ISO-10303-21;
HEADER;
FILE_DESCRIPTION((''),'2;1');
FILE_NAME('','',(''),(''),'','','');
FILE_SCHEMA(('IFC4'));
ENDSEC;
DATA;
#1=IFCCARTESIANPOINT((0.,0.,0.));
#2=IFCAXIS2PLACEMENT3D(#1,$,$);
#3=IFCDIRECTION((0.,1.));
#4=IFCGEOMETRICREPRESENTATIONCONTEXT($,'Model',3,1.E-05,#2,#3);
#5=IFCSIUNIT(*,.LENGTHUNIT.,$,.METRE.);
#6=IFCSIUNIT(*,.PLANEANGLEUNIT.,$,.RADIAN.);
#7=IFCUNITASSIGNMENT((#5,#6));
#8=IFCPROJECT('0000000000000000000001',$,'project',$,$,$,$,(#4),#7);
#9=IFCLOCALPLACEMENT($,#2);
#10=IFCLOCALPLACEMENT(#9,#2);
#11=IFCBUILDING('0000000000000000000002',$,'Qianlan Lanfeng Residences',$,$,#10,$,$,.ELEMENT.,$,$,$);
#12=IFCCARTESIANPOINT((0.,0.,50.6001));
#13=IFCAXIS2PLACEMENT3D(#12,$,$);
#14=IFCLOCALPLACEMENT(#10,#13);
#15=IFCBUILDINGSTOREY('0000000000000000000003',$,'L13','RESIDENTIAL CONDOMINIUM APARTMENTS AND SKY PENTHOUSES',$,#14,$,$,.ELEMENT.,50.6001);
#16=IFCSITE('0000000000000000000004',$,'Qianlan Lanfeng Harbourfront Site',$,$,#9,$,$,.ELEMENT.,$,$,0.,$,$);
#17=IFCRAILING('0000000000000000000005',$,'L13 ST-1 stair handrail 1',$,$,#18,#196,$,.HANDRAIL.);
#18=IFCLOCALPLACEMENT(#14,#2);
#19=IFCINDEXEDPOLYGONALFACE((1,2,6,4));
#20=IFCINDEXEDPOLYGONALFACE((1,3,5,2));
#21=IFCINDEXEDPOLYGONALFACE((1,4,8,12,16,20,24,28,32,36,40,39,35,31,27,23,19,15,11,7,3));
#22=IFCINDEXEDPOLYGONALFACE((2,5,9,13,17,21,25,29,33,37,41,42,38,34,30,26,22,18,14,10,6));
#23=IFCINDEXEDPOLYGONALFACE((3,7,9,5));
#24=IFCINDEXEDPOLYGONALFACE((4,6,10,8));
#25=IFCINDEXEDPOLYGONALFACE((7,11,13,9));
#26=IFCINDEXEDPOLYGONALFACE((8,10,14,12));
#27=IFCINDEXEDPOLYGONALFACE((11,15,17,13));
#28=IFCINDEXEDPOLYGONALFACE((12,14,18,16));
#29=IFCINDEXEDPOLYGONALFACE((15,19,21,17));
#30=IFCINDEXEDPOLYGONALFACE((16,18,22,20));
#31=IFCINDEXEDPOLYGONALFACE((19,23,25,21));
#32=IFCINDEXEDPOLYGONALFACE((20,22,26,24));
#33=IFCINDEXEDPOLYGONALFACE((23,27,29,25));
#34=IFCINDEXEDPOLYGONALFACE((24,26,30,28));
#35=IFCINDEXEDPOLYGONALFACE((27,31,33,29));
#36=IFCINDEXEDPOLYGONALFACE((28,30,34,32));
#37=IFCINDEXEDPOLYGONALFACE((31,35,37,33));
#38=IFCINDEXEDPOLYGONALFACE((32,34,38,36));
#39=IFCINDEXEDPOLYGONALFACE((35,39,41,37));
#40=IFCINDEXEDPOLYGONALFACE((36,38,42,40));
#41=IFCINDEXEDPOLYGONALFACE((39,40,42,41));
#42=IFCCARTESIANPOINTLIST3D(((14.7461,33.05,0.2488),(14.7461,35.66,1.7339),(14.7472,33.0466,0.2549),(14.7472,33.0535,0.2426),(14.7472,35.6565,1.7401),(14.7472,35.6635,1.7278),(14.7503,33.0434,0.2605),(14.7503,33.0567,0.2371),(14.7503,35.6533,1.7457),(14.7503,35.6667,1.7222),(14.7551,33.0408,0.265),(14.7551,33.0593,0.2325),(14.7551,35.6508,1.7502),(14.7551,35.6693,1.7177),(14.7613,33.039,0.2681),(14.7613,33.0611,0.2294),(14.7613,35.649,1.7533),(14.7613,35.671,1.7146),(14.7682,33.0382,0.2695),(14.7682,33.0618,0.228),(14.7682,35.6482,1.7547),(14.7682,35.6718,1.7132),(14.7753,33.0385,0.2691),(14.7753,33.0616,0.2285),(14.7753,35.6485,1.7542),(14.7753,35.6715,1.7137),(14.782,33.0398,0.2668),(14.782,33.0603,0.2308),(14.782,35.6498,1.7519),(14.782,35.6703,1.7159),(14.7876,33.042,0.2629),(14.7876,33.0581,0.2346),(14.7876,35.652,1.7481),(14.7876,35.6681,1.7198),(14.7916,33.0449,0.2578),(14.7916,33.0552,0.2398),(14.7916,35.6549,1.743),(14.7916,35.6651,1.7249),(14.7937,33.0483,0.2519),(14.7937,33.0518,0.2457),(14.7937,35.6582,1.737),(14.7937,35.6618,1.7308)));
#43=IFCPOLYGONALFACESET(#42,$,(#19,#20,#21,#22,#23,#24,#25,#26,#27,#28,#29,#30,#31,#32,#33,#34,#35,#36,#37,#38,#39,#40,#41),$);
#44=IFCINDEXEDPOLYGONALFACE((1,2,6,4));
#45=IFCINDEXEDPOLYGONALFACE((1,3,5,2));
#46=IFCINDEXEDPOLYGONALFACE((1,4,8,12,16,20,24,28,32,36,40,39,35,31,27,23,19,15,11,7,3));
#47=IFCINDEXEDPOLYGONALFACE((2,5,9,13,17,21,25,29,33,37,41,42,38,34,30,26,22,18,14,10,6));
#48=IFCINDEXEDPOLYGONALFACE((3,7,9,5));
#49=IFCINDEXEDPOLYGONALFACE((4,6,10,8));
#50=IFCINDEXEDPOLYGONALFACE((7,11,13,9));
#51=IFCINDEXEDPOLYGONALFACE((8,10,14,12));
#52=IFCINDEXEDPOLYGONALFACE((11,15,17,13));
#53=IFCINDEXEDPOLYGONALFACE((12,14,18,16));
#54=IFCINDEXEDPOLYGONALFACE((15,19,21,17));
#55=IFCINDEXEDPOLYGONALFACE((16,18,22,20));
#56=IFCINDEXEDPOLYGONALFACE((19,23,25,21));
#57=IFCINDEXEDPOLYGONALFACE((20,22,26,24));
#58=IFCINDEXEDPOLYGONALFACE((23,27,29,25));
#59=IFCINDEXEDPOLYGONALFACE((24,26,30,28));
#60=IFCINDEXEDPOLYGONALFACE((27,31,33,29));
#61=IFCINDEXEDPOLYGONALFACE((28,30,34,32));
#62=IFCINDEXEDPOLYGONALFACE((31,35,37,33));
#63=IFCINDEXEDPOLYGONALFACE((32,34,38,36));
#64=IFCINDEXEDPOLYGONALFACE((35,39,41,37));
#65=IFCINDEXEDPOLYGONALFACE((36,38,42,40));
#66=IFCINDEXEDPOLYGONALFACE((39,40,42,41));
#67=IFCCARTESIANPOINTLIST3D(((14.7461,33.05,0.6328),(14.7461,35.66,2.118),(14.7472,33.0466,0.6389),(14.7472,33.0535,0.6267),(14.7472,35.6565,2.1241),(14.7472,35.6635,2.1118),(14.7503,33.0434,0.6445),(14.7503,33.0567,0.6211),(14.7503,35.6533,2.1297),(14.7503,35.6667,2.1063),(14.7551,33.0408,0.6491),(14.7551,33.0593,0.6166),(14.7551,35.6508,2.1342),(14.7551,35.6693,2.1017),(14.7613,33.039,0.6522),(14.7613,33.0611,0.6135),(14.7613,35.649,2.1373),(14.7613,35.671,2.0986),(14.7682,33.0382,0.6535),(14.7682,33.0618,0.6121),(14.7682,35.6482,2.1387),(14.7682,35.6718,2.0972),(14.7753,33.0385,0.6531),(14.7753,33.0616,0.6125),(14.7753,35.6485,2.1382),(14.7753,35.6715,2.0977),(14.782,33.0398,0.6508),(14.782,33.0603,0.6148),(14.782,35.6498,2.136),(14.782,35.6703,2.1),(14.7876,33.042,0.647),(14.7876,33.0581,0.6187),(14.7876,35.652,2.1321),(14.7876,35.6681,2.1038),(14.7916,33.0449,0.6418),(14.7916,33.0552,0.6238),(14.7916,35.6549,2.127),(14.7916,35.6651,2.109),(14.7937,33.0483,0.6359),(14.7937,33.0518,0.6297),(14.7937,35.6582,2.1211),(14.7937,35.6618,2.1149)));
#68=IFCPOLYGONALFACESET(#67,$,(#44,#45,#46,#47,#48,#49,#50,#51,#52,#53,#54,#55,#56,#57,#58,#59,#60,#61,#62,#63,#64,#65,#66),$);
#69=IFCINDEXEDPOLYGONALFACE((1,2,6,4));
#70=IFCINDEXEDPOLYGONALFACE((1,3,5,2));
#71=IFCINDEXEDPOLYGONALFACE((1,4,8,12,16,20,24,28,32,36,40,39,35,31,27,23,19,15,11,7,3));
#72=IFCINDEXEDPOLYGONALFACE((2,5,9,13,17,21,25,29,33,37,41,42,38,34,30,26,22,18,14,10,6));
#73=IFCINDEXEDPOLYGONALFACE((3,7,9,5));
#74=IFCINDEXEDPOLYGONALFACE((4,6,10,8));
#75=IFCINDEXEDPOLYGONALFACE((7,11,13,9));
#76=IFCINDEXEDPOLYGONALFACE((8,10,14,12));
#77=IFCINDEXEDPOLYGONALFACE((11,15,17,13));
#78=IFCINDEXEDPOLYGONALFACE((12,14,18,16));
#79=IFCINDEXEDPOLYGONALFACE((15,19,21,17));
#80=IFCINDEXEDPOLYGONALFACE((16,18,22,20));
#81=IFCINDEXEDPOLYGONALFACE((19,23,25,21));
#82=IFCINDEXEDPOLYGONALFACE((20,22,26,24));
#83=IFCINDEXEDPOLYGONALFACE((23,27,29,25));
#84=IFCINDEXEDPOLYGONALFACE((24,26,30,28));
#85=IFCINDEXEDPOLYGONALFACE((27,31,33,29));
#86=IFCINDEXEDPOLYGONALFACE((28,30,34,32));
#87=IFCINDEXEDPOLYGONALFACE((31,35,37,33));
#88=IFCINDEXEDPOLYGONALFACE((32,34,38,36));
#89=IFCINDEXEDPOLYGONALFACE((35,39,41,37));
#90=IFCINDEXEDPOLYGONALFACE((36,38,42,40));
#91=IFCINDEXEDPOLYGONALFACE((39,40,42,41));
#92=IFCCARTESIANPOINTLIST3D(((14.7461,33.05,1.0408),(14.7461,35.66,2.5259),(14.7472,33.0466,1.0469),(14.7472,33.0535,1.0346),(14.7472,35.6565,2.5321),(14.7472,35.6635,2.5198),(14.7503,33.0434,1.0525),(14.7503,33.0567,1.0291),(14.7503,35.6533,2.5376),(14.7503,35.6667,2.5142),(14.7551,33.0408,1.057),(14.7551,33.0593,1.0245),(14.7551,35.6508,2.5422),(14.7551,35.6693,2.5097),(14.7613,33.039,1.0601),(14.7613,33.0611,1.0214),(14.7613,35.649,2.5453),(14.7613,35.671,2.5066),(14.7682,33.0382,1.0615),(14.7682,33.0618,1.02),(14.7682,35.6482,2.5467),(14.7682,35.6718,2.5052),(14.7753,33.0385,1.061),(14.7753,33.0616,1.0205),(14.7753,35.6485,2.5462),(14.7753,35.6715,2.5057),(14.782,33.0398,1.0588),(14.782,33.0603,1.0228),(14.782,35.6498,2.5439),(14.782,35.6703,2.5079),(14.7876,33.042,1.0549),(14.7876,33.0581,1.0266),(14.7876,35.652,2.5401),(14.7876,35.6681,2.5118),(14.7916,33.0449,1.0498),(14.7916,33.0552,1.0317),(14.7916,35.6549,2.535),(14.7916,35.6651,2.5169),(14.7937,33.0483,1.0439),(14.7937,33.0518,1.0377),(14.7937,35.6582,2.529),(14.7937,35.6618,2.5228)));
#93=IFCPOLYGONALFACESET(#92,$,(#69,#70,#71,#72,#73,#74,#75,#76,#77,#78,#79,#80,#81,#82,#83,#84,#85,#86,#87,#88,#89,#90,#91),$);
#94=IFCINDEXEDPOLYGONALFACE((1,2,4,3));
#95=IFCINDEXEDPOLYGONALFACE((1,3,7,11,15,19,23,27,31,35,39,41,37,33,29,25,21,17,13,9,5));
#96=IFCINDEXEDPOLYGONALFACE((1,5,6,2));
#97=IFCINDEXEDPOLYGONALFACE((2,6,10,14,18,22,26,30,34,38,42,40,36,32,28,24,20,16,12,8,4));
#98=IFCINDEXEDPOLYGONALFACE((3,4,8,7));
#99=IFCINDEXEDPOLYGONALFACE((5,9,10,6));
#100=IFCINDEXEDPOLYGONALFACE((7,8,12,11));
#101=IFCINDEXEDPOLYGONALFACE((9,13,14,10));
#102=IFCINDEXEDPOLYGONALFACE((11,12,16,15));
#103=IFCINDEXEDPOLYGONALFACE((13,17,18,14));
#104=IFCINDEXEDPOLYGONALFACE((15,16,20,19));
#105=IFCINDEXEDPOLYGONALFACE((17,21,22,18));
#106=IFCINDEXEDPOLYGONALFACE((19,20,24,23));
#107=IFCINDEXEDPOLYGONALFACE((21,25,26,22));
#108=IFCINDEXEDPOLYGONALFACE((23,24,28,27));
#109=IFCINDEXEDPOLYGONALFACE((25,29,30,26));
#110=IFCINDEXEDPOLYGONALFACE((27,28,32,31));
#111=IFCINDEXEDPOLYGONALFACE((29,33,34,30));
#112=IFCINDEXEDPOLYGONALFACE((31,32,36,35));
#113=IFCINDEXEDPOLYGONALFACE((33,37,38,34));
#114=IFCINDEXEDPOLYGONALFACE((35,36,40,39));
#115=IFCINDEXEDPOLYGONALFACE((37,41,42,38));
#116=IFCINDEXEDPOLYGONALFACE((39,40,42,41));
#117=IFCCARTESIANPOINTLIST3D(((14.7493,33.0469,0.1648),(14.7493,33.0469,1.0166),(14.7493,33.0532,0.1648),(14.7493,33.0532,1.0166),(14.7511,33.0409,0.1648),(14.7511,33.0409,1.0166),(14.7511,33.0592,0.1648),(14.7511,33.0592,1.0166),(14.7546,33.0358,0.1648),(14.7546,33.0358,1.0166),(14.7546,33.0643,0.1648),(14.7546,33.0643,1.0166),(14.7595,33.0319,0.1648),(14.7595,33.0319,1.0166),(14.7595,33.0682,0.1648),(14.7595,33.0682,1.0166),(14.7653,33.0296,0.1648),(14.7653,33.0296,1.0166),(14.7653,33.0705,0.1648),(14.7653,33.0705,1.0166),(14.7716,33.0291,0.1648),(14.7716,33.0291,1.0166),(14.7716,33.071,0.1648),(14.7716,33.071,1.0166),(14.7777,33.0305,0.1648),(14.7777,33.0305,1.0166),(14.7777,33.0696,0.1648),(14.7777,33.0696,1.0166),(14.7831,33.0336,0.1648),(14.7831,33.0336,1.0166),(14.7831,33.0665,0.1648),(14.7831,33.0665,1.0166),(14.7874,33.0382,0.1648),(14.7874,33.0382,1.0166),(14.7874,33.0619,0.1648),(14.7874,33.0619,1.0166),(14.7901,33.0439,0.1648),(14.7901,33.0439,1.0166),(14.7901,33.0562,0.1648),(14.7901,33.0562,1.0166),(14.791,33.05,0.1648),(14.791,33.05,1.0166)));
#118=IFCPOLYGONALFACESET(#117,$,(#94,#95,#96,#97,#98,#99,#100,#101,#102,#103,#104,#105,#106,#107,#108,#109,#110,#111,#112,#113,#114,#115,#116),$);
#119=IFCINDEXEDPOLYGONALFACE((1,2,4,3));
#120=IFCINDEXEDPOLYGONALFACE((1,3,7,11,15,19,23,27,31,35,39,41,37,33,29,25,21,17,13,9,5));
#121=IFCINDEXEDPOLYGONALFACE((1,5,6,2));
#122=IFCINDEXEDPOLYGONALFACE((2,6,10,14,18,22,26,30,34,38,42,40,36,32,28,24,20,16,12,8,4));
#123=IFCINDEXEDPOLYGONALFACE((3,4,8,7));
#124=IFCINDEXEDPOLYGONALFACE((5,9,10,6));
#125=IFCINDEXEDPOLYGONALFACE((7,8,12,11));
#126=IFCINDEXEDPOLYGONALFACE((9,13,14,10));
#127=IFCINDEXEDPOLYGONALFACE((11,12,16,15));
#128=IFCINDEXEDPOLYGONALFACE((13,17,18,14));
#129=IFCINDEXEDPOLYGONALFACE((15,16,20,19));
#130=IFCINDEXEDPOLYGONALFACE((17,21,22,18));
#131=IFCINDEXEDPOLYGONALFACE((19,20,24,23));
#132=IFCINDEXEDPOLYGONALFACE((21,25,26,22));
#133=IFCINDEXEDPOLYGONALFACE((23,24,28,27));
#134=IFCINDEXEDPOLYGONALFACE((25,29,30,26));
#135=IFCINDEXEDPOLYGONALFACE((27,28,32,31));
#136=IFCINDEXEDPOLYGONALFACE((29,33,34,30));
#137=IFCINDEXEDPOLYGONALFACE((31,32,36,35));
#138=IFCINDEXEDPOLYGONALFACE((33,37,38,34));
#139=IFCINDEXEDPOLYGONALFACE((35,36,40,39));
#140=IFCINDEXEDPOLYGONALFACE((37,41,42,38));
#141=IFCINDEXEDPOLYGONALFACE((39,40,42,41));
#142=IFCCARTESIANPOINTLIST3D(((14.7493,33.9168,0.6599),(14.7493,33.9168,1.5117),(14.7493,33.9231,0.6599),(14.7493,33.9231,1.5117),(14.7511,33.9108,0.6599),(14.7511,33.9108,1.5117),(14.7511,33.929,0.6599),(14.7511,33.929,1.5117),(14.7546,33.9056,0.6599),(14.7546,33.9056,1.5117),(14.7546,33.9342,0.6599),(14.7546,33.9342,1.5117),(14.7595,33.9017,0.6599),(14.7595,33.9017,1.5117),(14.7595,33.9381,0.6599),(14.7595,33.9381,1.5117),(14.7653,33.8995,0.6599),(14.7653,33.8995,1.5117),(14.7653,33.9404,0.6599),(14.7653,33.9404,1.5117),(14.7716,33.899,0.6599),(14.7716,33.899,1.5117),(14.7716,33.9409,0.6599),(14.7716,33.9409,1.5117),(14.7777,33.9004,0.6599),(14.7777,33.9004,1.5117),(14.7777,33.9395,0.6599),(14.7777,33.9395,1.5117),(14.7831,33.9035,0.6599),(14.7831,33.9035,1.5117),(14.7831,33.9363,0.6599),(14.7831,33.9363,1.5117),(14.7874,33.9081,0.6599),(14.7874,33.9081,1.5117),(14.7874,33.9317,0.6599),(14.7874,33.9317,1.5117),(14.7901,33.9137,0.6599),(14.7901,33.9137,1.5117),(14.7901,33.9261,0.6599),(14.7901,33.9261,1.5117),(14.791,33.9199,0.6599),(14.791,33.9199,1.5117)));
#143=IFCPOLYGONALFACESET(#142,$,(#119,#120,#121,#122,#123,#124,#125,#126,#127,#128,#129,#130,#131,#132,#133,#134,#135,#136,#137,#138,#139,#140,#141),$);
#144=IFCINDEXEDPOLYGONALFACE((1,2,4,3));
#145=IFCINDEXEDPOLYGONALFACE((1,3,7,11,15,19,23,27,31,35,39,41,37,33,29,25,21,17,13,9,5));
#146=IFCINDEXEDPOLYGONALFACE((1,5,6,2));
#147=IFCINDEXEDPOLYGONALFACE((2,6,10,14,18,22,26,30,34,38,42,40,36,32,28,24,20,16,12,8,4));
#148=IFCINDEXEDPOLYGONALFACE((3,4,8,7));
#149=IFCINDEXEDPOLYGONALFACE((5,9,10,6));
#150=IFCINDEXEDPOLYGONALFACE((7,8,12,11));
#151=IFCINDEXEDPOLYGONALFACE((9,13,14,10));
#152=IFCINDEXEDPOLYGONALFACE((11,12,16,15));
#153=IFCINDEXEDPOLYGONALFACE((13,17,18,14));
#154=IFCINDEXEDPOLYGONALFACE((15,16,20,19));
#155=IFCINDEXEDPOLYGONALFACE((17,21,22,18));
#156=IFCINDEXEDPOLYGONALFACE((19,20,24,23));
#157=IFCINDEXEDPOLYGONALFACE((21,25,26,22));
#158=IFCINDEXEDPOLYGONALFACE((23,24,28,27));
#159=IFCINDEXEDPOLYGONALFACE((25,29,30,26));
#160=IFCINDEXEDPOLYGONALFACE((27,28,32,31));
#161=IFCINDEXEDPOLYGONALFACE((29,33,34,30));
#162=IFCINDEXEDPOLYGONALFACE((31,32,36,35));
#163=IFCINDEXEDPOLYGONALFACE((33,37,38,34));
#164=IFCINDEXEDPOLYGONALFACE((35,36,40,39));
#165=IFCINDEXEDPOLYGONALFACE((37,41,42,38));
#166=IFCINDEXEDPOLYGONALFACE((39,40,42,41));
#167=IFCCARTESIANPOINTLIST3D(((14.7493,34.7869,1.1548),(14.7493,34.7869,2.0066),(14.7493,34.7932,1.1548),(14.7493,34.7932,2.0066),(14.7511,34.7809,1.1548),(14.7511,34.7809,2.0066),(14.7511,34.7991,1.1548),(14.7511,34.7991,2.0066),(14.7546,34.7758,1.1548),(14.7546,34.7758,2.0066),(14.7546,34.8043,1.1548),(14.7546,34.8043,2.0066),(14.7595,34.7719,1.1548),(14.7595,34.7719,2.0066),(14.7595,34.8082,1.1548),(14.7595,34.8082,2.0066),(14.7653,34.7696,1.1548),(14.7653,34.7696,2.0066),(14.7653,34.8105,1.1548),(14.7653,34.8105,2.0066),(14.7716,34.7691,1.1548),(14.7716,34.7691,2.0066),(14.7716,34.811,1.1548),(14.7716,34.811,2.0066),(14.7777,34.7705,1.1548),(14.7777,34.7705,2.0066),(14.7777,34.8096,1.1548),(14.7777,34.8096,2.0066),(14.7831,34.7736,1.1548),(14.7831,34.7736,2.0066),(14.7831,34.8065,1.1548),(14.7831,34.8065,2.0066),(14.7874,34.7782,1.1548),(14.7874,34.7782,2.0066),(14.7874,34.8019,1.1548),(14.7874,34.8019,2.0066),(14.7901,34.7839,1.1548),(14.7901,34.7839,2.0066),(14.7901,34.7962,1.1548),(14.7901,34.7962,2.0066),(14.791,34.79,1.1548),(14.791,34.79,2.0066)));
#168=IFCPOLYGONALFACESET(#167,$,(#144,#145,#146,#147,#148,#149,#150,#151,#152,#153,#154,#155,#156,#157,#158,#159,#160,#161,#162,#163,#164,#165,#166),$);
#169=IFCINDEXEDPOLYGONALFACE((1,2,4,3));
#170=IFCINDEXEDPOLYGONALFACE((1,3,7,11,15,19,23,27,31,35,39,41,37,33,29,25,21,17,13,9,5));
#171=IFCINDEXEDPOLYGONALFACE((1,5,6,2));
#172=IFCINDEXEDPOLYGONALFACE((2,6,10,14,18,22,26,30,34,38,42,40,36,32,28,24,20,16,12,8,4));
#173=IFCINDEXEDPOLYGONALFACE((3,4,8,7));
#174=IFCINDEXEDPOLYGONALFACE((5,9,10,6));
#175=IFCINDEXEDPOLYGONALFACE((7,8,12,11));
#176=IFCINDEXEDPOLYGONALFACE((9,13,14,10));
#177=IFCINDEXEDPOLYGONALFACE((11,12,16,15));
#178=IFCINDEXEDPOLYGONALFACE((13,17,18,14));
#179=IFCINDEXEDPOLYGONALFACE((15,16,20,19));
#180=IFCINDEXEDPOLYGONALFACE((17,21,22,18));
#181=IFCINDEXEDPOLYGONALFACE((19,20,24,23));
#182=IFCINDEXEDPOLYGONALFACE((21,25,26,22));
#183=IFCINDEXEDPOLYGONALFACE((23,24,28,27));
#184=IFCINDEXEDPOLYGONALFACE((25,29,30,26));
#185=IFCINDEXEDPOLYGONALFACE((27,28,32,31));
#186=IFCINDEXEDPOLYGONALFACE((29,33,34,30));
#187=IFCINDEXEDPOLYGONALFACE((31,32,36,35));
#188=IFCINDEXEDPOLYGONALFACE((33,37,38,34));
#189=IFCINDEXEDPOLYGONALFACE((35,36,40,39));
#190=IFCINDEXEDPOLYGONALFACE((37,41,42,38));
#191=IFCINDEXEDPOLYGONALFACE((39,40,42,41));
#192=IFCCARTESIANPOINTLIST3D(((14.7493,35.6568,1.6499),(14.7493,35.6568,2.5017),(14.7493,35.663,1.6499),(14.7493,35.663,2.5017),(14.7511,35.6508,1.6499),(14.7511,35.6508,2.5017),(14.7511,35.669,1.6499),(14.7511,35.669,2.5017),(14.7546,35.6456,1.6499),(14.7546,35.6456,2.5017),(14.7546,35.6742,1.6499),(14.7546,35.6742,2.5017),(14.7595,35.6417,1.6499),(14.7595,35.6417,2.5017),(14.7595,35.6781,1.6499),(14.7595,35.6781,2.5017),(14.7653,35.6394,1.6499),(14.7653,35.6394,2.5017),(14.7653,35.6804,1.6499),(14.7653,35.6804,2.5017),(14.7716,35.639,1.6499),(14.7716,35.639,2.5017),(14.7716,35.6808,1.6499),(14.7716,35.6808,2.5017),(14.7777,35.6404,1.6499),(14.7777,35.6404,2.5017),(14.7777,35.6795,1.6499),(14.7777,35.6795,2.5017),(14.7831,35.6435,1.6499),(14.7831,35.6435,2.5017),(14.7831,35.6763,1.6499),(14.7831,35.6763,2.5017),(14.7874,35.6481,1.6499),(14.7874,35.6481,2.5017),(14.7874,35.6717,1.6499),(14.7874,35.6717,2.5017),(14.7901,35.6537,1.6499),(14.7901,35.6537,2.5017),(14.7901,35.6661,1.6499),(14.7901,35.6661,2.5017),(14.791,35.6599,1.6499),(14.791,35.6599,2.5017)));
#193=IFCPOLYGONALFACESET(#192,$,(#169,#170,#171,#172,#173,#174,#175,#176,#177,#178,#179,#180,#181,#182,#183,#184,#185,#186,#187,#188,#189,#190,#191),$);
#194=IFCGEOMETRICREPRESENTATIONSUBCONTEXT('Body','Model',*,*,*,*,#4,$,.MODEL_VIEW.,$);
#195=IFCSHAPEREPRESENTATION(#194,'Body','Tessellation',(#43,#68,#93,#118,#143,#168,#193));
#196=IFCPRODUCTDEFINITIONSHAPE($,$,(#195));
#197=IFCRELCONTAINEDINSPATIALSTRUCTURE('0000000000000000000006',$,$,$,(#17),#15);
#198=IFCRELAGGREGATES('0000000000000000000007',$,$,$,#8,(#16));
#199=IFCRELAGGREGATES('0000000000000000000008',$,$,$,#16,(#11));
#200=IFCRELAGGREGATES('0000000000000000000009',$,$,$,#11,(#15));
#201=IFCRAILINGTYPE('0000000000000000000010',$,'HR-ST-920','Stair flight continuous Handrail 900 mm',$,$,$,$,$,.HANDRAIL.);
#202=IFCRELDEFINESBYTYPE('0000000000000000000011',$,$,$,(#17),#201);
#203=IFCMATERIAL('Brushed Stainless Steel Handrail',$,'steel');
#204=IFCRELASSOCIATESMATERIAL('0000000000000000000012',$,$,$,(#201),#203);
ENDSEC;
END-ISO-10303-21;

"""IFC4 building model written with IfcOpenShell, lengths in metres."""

from ifc_helpers import new_model, si_unit, direction, frame, origin, origin_2d, place, context, subcontext, project, spatial, circle, extrude, material, type_object, element, save


model = new_model("IFC4")

# Units and contexts
model_context = context("Model", 3, precision=1e-05, world=origin(), true_north=direction((0.0, 1.0)))
body_context = subcontext(model_context, "Body", "Model", "MODEL_VIEW")
ifc_project = project(units=[si_unit("LENGTHUNIT", "METRE"), si_unit("PLANEANGLEUNIT", "RADIAN")], contexts=[model_context])

# Site, building, storey
site_placement = place(None, origin())
site = spatial("IfcSite", under=ifc_project, at=site_placement, Name="Qianlan Lanfeng Harbourfront Site", CompositionType="ELEMENT", RefElevation=0.0)
building_placement = place(site_placement, origin())
building = spatial("IfcBuilding", under=site, at=building_placement, Name="Qianlan Lanfeng Residences", CompositionType="ELEMENT")
storey_placement = place(building_placement, frame((0.0, 0.0, 50.6001)))
storey = spatial("IfcBuildingStorey", under=building, at=storey_placement, Name="L13", Description="RESIDENTIAL CONDOMINIUM APARTMENTS AND SKY PENTHOUSES", CompositionType="ELEMENT", Elevation=50.6001)

# Railing
ifc_material_1 = material(Name="Brushed Stainless Steel Handrail", Category="steel")
railing_type_1 = type_object("IfcRailingType", Name="HR-ST-920", Description="Stair flight continuous Handrail 900 mm", PredefinedType="HANDRAIL", material=ifc_material_1)
railing_1_placement = place(storey_placement, frame((14.77, 33.05, 0.1648)))
element("IfcRailing", 1, at=railing_1_placement, inside=storey, type_object=railing_type_1, Name="L13 ST-1 stair handrail 1", PredefinedType="HANDRAIL", context=body_context, shape_type="SweptSolid", body=[
    extrude(circle(Radius=0.0239, at=origin_2d()), frame((0.0, 0.0, 0.084), z_axis=(0.0, 0.869137, 0.494571), x_axis=(-1.0, 0.0, 0.0)), (0.0, 0.0, 1.0), 3.0029),
    extrude(circle(Radius=0.0239, at=origin_2d()), frame((0.0, 0.0, 0.468), z_axis=(0.0, 0.869137, 0.494571), x_axis=(-1.0, 0.0, 0.0)), (0.0, 0.0, 1.0), 3.0029),
    extrude(circle(Radius=0.0239, at=origin_2d()), frame((0.0, 0.0, 0.876), z_axis=(0.0, 0.869137, 0.494571), x_axis=(-1.0, 0.0, 0.0)), (0.0, 0.0, 1.0), 3.0029),
    extrude(circle(Radius=0.021, at=origin_2d()), origin(), (0.0, 0.0, 1.0), 0.8518),
    extrude(circle(Radius=0.021, at=origin_2d()), frame((0.0, 0.8699, 0.4951)), (0.0, 0.0, 1.0), 0.8518),
    extrude(circle(Radius=0.021, at=origin_2d()), frame((0.0, 1.74, 0.99)), (0.0, 0.0, 1.0), 0.8518),
    extrude(circle(Radius=0.021, at=origin_2d()), frame((0.0, 2.6099, 1.4851)), (0.0, 0.0, 1.0), 0.8518),
])

save(model, "model.ifc")
